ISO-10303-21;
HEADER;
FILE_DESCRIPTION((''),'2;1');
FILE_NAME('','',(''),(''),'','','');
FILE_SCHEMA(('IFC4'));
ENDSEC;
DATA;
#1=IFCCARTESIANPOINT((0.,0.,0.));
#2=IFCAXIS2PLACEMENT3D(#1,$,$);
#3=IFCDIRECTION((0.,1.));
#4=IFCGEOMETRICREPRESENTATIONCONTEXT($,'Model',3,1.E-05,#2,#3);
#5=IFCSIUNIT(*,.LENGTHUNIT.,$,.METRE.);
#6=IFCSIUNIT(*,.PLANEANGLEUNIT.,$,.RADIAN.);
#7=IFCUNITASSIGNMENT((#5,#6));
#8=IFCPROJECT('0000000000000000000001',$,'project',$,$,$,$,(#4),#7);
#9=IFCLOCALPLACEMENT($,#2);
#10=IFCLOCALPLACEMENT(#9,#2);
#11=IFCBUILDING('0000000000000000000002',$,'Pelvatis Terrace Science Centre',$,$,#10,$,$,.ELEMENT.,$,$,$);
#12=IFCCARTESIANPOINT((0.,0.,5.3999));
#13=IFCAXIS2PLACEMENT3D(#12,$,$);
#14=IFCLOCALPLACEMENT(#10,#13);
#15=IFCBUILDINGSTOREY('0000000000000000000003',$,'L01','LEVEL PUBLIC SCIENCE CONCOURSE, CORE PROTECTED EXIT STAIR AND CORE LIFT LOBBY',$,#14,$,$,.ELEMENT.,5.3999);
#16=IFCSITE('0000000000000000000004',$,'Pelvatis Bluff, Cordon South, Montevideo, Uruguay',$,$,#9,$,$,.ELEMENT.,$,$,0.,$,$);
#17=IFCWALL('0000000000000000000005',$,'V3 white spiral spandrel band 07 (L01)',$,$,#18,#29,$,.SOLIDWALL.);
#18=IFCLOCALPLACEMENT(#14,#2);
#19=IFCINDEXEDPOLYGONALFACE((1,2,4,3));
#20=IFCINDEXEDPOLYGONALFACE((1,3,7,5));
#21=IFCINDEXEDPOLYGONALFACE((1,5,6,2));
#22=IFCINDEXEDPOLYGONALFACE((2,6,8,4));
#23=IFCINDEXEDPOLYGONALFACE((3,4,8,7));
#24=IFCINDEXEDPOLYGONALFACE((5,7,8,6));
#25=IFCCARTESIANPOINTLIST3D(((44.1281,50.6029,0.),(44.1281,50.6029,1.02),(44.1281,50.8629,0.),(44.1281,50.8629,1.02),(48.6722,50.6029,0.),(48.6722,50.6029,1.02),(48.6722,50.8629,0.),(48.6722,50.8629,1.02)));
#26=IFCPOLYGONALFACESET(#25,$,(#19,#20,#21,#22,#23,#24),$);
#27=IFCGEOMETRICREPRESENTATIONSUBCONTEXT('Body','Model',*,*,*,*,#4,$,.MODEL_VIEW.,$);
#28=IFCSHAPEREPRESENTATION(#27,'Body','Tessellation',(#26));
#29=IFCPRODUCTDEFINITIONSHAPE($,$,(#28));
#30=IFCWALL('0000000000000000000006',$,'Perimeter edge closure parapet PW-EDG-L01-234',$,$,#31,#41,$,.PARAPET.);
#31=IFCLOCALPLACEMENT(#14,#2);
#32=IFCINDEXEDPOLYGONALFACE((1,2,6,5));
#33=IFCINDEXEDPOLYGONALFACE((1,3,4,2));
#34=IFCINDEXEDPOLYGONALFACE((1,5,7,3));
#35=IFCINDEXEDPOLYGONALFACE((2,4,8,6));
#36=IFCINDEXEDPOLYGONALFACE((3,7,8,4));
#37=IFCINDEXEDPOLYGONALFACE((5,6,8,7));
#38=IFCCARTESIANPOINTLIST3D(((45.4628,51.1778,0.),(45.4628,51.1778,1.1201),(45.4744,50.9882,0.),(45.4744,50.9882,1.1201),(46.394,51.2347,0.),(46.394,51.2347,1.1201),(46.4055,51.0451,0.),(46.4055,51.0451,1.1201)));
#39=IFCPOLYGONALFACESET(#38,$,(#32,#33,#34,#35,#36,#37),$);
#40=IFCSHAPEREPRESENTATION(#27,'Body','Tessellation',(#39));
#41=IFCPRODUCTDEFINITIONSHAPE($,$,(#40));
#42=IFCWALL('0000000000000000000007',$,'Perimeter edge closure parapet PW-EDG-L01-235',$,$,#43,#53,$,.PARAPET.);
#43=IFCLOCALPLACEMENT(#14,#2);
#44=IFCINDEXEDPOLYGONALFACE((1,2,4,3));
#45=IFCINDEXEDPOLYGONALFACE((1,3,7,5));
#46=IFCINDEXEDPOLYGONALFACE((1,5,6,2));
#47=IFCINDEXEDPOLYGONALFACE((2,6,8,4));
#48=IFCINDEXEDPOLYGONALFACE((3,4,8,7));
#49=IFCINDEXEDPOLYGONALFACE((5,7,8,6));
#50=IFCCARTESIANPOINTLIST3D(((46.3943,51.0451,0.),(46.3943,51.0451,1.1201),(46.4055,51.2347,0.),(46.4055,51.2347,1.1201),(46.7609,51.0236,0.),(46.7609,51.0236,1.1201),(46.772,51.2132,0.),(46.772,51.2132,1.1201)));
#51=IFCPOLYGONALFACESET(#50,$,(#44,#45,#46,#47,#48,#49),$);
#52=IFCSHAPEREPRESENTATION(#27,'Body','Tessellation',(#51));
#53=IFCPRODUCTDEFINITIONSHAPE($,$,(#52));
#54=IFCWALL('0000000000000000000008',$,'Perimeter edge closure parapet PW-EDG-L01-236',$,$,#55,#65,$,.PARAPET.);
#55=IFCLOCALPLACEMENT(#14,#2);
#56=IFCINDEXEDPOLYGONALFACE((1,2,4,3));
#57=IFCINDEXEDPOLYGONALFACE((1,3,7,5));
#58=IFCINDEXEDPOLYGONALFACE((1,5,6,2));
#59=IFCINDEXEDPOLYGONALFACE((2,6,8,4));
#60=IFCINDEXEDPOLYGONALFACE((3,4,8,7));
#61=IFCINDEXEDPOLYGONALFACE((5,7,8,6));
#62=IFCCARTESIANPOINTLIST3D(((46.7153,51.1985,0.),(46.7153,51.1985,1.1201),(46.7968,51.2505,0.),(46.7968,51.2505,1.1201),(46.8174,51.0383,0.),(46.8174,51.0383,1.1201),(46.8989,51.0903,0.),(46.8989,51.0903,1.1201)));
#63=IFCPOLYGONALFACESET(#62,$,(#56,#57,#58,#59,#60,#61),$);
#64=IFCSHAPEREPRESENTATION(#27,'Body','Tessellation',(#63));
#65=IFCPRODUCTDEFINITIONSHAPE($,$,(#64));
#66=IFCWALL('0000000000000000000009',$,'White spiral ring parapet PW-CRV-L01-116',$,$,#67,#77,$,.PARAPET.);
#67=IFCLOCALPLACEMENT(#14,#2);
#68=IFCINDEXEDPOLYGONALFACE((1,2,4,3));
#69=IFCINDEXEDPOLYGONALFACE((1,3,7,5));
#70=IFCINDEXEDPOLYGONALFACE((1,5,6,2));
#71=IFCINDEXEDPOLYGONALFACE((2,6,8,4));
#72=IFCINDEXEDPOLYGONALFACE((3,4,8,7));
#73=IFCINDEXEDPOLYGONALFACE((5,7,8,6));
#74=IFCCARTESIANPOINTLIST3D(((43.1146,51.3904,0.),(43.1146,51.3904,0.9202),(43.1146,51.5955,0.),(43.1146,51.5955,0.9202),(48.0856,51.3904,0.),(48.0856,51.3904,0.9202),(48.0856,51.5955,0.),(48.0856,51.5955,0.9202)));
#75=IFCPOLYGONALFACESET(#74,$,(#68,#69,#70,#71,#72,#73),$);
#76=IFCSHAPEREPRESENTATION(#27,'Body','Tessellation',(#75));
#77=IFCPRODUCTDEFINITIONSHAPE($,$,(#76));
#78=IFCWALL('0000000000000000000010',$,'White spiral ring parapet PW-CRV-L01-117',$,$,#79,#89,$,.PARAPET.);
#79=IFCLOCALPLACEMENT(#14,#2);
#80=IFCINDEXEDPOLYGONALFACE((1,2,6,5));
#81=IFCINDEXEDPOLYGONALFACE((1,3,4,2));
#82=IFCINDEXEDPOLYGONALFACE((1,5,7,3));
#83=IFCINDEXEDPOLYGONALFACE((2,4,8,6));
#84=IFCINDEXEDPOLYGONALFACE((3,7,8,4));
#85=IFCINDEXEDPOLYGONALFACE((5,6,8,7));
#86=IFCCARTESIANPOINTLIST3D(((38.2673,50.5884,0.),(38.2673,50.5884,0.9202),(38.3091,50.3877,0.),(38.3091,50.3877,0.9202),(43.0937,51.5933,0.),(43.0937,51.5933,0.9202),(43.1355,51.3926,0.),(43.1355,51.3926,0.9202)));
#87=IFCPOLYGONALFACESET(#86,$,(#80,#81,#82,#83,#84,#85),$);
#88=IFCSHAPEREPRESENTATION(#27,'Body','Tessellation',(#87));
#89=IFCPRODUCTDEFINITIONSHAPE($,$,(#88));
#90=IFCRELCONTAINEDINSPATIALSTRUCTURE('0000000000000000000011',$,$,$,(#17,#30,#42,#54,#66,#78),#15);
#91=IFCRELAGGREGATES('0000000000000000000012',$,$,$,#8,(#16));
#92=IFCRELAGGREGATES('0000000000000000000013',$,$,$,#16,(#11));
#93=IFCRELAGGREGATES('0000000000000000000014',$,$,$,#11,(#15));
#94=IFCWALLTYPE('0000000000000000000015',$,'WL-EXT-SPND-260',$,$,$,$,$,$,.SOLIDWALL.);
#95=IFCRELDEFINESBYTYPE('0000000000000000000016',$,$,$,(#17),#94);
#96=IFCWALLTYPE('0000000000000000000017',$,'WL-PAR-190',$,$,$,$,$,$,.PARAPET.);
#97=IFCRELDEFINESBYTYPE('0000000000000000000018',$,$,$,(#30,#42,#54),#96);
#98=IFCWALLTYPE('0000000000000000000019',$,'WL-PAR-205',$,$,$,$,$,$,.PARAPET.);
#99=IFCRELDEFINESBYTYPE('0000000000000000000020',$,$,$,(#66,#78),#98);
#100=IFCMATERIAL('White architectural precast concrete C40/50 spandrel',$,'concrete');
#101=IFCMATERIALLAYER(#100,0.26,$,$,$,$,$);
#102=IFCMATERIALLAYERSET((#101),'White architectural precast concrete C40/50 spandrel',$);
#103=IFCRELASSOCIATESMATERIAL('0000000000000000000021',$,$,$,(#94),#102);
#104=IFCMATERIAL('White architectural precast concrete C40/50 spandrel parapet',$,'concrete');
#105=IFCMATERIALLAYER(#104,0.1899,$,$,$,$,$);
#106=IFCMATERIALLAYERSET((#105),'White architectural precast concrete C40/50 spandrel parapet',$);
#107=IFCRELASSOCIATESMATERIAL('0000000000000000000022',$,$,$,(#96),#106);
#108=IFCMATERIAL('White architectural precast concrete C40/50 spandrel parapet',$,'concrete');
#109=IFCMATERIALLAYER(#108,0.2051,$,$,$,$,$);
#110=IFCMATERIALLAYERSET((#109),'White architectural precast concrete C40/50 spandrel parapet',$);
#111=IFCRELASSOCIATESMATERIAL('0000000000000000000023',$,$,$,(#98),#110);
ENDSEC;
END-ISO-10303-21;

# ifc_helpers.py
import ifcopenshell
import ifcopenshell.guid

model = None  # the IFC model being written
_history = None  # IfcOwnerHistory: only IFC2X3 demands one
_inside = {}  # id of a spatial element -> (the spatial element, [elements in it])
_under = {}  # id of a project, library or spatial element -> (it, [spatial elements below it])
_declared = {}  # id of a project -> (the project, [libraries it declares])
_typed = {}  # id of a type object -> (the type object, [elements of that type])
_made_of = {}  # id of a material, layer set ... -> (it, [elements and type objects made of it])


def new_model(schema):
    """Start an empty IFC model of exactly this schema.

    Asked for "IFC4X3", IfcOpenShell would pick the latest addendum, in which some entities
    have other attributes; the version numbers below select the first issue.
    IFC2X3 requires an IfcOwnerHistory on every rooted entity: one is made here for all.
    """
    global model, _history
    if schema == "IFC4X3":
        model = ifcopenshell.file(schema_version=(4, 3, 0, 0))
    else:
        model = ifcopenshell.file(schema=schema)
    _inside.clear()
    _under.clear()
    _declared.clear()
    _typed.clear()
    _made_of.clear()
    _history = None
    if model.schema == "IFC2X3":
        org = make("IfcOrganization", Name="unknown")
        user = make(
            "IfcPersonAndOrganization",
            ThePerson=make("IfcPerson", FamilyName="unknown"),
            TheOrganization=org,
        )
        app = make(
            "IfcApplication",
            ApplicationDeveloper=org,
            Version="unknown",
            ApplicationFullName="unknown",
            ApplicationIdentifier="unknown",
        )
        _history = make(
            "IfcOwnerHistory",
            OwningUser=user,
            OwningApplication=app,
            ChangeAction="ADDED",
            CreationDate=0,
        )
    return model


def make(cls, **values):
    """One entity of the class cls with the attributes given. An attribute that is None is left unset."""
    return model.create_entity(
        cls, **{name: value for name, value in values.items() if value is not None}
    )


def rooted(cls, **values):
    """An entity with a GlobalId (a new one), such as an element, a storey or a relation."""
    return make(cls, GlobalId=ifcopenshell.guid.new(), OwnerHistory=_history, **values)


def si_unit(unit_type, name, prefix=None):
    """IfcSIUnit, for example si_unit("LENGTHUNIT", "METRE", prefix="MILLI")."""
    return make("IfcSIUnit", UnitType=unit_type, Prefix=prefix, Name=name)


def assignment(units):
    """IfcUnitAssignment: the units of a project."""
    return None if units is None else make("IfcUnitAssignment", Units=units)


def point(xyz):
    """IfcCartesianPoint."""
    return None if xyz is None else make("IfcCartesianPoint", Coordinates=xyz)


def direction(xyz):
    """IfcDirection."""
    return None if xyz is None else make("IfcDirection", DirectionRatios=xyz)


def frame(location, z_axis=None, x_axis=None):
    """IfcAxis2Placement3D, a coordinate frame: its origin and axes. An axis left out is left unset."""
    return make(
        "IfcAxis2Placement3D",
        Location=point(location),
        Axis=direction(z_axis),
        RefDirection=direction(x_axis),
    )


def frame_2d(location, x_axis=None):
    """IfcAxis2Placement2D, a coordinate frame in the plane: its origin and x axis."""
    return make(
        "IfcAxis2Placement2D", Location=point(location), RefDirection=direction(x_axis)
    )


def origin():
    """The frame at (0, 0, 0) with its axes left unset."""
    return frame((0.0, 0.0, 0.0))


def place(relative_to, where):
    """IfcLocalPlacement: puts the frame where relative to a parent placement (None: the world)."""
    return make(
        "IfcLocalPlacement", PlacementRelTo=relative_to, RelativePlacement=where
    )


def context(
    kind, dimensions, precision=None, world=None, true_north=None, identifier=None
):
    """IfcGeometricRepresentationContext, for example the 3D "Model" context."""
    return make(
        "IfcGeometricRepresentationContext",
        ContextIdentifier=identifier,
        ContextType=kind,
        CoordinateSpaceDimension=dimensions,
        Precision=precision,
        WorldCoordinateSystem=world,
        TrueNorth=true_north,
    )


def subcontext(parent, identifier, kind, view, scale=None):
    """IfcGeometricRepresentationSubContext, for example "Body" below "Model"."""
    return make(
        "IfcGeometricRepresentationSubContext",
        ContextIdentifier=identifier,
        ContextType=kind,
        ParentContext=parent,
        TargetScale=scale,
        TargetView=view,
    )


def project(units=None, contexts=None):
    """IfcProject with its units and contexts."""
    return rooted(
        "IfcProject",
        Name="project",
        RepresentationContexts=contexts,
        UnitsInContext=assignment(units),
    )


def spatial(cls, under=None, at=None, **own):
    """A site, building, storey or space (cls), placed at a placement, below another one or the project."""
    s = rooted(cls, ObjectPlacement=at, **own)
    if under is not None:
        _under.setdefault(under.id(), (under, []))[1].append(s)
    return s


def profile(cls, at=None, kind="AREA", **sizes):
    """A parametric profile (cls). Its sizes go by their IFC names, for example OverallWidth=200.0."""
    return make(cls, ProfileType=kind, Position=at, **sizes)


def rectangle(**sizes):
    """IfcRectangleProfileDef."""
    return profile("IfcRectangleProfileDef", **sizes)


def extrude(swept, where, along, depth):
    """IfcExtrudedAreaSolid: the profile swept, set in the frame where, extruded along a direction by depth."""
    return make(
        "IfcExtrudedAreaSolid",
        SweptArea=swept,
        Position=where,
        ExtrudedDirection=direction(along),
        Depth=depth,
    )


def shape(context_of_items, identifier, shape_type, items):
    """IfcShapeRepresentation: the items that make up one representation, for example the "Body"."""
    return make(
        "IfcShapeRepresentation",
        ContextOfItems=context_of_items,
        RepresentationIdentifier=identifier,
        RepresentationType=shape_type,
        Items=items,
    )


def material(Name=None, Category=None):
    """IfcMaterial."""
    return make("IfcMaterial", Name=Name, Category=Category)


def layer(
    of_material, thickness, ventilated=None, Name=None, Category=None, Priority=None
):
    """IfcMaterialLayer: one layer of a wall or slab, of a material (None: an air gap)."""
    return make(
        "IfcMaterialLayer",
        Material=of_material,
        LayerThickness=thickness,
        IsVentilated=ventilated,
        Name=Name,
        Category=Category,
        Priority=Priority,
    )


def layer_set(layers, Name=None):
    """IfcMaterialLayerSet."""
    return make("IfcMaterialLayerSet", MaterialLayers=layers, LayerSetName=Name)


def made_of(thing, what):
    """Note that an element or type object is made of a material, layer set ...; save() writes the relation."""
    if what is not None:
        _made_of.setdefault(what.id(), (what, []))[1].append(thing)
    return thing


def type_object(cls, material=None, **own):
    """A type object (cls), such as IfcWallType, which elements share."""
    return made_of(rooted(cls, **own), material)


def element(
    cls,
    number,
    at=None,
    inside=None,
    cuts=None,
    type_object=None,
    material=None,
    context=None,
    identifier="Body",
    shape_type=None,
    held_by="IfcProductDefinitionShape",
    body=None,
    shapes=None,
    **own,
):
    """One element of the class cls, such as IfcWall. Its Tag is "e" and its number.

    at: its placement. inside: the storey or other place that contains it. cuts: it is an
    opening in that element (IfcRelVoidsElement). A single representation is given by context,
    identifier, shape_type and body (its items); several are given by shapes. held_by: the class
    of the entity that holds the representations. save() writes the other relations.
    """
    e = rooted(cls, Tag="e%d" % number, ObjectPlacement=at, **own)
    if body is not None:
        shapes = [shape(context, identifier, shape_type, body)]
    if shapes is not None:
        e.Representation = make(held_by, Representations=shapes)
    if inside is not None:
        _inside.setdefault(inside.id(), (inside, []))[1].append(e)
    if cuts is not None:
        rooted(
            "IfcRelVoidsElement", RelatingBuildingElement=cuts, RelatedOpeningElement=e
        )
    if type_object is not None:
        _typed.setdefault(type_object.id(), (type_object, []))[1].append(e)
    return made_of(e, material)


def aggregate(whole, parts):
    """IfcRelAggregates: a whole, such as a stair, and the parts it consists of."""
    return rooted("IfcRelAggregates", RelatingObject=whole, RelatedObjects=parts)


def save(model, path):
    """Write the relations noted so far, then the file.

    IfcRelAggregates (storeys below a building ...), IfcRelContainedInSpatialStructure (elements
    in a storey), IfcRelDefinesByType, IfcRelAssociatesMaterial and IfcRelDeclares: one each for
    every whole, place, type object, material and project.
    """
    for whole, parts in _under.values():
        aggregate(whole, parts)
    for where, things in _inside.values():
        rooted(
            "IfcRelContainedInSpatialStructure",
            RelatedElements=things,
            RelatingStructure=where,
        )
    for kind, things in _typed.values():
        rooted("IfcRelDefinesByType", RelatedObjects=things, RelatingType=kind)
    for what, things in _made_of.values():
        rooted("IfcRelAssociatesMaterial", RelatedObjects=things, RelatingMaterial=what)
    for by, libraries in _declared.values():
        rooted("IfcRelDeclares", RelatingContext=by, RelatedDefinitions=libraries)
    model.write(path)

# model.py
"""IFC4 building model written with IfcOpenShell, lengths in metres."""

from ifc_helpers import new_model, si_unit, direction, frame, frame_2d, origin, place, context, subcontext, project, spatial, rectangle, extrude, material, layer, layer_set, type_object, element, save


model = new_model("IFC4")

# Units and contexts
model_context = context("Model", 3, precision=1e-05, world=origin(), true_north=direction((0.0, 1.0)))
body_context = subcontext(model_context, "Body", "Model", "MODEL_VIEW")
ifc_project = project(units=[si_unit("LENGTHUNIT", "METRE"), si_unit("PLANEANGLEUNIT", "RADIAN")], contexts=[model_context])

# Site, building, storey
site_placement = place(None, origin())
site = spatial("IfcSite", under=ifc_project, at=site_placement, Name="Pelvatis Bluff, Cordon South, Montevideo, Uruguay", CompositionType="ELEMENT", RefElevation=0.0)
building_placement = place(site_placement, origin())
building = spatial("IfcBuilding", under=site, at=building_placement, Name="Pelvatis Terrace Science Centre", CompositionType="ELEMENT")
storey_placement = place(building_placement, frame((0.0, 0.0, 5.3999)))
storey = spatial("IfcBuildingStorey", under=building, at=storey_placement, Name="L01", Description="LEVEL PUBLIC SCIENCE CONCOURSE, CORE PROTECTED EXIT STAIR AND CORE LIFT LOBBY", CompositionType="ELEMENT", Elevation=5.3999)

# Walls
ifc_material_1 = material(Name="White architectural precast concrete C40/50 spandrel", Category="concrete")
ifc_layer_1 = layer(ifc_material_1, 0.26)
ifc_layer_set_1 = layer_set([ifc_layer_1], Name="White architectural precast concrete C40/50 spandrel")
wall_type_1 = type_object("IfcWallType", Name="WL-EXT-SPND-260", PredefinedType="SOLIDWALL", material=ifc_layer_set_1)
wall_1_placement = place(storey_placement, frame((48.6721, 50.7329, 0.0), z_axis=(0.0, 0.0, 1.0), x_axis=(-1.0, 0.0, 0.0)))
element("IfcWall", 1, at=wall_1_placement, inside=storey, type_object=wall_type_1, Name="V3 white spiral spandrel band 07 (L01)", PredefinedType="SOLIDWALL", context=body_context, shape_type="SweptSolid", body=[
    extrude(rectangle(XDim=4.5442, YDim=0.26, at=frame_2d((2.272, 0.0))), origin(), (0.0, 0.0, 1.0), 1.02),
])
ifc_material_2 = material(Name="White architectural precast concrete C40/50 spandrel parapet", Category="concrete")
ifc_layer_2 = layer(ifc_material_2, 0.1899)
ifc_layer_set_2 = layer_set([ifc_layer_2], Name="White architectural precast concrete C40/50 spandrel parapet")
wall_type_2 = type_object("IfcWallType", Name="WL-PAR-190", PredefinedType="PARAPET", material=ifc_layer_set_2)
wall_2_placement = place(storey_placement, frame((45.4688, 51.083, 0.0), z_axis=(0.0, 0.0, 1.0), x_axis=(0.998139, 0.060977, 0.0)))
element("IfcWall", 2, at=wall_2_placement, inside=storey, type_object=wall_type_2, Name="Perimeter edge closure parapet PW-EDG-L01-234", PredefinedType="PARAPET", context=body_context, shape_type="SweptSolid", body=[
    extrude(rectangle(XDim=0.9329, YDim=0.1899, at=frame_2d((0.4663, 0.0))), origin(), (0.0, 0.0, 1.0), 1.1201),
])
wall_3_placement = place(storey_placement, frame((46.3999, 51.1399, 0.0), z_axis=(0.0, 0.0, 1.0), x_axis=(0.998286, -0.058527, 0.0)))
element("IfcWall", 3, at=wall_3_placement, inside=storey, type_object=wall_type_2, Name="Perimeter edge closure parapet PW-EDG-L01-235", PredefinedType="PARAPET", context=body_context, shape_type="SweptSolid", body=[
    extrude(rectangle(XDim=0.3672, YDim=0.1899, at=frame_2d((0.1836, 0.0))), origin(), (0.0, 0.0, 1.0), 1.1201),
])
wall_4_placement = place(storey_placement, frame((46.7664, 51.1184, 0.0), z_axis=(0.0, 0.0, 1.0), x_axis=(0.843141, 0.537692, 0.0)))
element("IfcWall", 4, at=wall_4_placement, inside=storey, type_object=wall_type_2, Name="Perimeter edge closure parapet PW-EDG-L01-236", PredefinedType="PARAPET", context=body_context, shape_type="SweptSolid", body=[
    extrude(rectangle(XDim=0.0967, YDim=0.1899, at=frame_2d((0.0483, 0.0))), origin(), (0.0, 0.0, 1.0), 1.1201),
])
ifc_material_3 = material(Name="White architectural precast concrete C40/50 spandrel parapet", Category="concrete")
ifc_layer_3 = layer(ifc_material_3, 0.2051)
ifc_layer_set_3 = layer_set([ifc_layer_3], Name="White architectural precast concrete C40/50 spandrel parapet")
wall_type_3 = type_object("IfcWallType", Name="WL-PAR-205", PredefinedType="PARAPET", material=ifc_layer_set_3)
wall_5_placement = place(storey_placement, frame((48.0854, 51.4929, 0.0), z_axis=(0.0, 0.0, 1.0), x_axis=(-1.0, 0.0, 0.0)))
element("IfcWall", 5, at=wall_5_placement, inside=storey, type_object=wall_type_3, Name="White spiral ring parapet PW-CRV-L01-116", PredefinedType="PARAPET", context=body_context, shape_type="SweptSolid", body=[
    extrude(rectangle(XDim=4.9709, YDim=0.2051, at=frame_2d((2.4854, 0.0))), origin(), (0.0, 0.0, 1.0), 0.9202),
])
wall_6_placement = place(storey_placement, frame((43.1145, 51.4929, 0.0), z_axis=(0.0, 0.0, 1.0), x_axis=(-0.979006, -0.203834, 0.0)))
element("IfcWall", 6, at=wall_6_placement, inside=storey, type_object=wall_type_3, Name="White spiral ring parapet PW-CRV-L01-117", PredefinedType="PARAPET", context=body_context, shape_type="SweptSolid", body=[
    extrude(rectangle(XDim=4.9299, YDim=0.2051, at=frame_2d((2.4648, 0.0))), origin(), (0.0, 0.0, 1.0), 0.9202),
])

save(model, "model.ifc")
